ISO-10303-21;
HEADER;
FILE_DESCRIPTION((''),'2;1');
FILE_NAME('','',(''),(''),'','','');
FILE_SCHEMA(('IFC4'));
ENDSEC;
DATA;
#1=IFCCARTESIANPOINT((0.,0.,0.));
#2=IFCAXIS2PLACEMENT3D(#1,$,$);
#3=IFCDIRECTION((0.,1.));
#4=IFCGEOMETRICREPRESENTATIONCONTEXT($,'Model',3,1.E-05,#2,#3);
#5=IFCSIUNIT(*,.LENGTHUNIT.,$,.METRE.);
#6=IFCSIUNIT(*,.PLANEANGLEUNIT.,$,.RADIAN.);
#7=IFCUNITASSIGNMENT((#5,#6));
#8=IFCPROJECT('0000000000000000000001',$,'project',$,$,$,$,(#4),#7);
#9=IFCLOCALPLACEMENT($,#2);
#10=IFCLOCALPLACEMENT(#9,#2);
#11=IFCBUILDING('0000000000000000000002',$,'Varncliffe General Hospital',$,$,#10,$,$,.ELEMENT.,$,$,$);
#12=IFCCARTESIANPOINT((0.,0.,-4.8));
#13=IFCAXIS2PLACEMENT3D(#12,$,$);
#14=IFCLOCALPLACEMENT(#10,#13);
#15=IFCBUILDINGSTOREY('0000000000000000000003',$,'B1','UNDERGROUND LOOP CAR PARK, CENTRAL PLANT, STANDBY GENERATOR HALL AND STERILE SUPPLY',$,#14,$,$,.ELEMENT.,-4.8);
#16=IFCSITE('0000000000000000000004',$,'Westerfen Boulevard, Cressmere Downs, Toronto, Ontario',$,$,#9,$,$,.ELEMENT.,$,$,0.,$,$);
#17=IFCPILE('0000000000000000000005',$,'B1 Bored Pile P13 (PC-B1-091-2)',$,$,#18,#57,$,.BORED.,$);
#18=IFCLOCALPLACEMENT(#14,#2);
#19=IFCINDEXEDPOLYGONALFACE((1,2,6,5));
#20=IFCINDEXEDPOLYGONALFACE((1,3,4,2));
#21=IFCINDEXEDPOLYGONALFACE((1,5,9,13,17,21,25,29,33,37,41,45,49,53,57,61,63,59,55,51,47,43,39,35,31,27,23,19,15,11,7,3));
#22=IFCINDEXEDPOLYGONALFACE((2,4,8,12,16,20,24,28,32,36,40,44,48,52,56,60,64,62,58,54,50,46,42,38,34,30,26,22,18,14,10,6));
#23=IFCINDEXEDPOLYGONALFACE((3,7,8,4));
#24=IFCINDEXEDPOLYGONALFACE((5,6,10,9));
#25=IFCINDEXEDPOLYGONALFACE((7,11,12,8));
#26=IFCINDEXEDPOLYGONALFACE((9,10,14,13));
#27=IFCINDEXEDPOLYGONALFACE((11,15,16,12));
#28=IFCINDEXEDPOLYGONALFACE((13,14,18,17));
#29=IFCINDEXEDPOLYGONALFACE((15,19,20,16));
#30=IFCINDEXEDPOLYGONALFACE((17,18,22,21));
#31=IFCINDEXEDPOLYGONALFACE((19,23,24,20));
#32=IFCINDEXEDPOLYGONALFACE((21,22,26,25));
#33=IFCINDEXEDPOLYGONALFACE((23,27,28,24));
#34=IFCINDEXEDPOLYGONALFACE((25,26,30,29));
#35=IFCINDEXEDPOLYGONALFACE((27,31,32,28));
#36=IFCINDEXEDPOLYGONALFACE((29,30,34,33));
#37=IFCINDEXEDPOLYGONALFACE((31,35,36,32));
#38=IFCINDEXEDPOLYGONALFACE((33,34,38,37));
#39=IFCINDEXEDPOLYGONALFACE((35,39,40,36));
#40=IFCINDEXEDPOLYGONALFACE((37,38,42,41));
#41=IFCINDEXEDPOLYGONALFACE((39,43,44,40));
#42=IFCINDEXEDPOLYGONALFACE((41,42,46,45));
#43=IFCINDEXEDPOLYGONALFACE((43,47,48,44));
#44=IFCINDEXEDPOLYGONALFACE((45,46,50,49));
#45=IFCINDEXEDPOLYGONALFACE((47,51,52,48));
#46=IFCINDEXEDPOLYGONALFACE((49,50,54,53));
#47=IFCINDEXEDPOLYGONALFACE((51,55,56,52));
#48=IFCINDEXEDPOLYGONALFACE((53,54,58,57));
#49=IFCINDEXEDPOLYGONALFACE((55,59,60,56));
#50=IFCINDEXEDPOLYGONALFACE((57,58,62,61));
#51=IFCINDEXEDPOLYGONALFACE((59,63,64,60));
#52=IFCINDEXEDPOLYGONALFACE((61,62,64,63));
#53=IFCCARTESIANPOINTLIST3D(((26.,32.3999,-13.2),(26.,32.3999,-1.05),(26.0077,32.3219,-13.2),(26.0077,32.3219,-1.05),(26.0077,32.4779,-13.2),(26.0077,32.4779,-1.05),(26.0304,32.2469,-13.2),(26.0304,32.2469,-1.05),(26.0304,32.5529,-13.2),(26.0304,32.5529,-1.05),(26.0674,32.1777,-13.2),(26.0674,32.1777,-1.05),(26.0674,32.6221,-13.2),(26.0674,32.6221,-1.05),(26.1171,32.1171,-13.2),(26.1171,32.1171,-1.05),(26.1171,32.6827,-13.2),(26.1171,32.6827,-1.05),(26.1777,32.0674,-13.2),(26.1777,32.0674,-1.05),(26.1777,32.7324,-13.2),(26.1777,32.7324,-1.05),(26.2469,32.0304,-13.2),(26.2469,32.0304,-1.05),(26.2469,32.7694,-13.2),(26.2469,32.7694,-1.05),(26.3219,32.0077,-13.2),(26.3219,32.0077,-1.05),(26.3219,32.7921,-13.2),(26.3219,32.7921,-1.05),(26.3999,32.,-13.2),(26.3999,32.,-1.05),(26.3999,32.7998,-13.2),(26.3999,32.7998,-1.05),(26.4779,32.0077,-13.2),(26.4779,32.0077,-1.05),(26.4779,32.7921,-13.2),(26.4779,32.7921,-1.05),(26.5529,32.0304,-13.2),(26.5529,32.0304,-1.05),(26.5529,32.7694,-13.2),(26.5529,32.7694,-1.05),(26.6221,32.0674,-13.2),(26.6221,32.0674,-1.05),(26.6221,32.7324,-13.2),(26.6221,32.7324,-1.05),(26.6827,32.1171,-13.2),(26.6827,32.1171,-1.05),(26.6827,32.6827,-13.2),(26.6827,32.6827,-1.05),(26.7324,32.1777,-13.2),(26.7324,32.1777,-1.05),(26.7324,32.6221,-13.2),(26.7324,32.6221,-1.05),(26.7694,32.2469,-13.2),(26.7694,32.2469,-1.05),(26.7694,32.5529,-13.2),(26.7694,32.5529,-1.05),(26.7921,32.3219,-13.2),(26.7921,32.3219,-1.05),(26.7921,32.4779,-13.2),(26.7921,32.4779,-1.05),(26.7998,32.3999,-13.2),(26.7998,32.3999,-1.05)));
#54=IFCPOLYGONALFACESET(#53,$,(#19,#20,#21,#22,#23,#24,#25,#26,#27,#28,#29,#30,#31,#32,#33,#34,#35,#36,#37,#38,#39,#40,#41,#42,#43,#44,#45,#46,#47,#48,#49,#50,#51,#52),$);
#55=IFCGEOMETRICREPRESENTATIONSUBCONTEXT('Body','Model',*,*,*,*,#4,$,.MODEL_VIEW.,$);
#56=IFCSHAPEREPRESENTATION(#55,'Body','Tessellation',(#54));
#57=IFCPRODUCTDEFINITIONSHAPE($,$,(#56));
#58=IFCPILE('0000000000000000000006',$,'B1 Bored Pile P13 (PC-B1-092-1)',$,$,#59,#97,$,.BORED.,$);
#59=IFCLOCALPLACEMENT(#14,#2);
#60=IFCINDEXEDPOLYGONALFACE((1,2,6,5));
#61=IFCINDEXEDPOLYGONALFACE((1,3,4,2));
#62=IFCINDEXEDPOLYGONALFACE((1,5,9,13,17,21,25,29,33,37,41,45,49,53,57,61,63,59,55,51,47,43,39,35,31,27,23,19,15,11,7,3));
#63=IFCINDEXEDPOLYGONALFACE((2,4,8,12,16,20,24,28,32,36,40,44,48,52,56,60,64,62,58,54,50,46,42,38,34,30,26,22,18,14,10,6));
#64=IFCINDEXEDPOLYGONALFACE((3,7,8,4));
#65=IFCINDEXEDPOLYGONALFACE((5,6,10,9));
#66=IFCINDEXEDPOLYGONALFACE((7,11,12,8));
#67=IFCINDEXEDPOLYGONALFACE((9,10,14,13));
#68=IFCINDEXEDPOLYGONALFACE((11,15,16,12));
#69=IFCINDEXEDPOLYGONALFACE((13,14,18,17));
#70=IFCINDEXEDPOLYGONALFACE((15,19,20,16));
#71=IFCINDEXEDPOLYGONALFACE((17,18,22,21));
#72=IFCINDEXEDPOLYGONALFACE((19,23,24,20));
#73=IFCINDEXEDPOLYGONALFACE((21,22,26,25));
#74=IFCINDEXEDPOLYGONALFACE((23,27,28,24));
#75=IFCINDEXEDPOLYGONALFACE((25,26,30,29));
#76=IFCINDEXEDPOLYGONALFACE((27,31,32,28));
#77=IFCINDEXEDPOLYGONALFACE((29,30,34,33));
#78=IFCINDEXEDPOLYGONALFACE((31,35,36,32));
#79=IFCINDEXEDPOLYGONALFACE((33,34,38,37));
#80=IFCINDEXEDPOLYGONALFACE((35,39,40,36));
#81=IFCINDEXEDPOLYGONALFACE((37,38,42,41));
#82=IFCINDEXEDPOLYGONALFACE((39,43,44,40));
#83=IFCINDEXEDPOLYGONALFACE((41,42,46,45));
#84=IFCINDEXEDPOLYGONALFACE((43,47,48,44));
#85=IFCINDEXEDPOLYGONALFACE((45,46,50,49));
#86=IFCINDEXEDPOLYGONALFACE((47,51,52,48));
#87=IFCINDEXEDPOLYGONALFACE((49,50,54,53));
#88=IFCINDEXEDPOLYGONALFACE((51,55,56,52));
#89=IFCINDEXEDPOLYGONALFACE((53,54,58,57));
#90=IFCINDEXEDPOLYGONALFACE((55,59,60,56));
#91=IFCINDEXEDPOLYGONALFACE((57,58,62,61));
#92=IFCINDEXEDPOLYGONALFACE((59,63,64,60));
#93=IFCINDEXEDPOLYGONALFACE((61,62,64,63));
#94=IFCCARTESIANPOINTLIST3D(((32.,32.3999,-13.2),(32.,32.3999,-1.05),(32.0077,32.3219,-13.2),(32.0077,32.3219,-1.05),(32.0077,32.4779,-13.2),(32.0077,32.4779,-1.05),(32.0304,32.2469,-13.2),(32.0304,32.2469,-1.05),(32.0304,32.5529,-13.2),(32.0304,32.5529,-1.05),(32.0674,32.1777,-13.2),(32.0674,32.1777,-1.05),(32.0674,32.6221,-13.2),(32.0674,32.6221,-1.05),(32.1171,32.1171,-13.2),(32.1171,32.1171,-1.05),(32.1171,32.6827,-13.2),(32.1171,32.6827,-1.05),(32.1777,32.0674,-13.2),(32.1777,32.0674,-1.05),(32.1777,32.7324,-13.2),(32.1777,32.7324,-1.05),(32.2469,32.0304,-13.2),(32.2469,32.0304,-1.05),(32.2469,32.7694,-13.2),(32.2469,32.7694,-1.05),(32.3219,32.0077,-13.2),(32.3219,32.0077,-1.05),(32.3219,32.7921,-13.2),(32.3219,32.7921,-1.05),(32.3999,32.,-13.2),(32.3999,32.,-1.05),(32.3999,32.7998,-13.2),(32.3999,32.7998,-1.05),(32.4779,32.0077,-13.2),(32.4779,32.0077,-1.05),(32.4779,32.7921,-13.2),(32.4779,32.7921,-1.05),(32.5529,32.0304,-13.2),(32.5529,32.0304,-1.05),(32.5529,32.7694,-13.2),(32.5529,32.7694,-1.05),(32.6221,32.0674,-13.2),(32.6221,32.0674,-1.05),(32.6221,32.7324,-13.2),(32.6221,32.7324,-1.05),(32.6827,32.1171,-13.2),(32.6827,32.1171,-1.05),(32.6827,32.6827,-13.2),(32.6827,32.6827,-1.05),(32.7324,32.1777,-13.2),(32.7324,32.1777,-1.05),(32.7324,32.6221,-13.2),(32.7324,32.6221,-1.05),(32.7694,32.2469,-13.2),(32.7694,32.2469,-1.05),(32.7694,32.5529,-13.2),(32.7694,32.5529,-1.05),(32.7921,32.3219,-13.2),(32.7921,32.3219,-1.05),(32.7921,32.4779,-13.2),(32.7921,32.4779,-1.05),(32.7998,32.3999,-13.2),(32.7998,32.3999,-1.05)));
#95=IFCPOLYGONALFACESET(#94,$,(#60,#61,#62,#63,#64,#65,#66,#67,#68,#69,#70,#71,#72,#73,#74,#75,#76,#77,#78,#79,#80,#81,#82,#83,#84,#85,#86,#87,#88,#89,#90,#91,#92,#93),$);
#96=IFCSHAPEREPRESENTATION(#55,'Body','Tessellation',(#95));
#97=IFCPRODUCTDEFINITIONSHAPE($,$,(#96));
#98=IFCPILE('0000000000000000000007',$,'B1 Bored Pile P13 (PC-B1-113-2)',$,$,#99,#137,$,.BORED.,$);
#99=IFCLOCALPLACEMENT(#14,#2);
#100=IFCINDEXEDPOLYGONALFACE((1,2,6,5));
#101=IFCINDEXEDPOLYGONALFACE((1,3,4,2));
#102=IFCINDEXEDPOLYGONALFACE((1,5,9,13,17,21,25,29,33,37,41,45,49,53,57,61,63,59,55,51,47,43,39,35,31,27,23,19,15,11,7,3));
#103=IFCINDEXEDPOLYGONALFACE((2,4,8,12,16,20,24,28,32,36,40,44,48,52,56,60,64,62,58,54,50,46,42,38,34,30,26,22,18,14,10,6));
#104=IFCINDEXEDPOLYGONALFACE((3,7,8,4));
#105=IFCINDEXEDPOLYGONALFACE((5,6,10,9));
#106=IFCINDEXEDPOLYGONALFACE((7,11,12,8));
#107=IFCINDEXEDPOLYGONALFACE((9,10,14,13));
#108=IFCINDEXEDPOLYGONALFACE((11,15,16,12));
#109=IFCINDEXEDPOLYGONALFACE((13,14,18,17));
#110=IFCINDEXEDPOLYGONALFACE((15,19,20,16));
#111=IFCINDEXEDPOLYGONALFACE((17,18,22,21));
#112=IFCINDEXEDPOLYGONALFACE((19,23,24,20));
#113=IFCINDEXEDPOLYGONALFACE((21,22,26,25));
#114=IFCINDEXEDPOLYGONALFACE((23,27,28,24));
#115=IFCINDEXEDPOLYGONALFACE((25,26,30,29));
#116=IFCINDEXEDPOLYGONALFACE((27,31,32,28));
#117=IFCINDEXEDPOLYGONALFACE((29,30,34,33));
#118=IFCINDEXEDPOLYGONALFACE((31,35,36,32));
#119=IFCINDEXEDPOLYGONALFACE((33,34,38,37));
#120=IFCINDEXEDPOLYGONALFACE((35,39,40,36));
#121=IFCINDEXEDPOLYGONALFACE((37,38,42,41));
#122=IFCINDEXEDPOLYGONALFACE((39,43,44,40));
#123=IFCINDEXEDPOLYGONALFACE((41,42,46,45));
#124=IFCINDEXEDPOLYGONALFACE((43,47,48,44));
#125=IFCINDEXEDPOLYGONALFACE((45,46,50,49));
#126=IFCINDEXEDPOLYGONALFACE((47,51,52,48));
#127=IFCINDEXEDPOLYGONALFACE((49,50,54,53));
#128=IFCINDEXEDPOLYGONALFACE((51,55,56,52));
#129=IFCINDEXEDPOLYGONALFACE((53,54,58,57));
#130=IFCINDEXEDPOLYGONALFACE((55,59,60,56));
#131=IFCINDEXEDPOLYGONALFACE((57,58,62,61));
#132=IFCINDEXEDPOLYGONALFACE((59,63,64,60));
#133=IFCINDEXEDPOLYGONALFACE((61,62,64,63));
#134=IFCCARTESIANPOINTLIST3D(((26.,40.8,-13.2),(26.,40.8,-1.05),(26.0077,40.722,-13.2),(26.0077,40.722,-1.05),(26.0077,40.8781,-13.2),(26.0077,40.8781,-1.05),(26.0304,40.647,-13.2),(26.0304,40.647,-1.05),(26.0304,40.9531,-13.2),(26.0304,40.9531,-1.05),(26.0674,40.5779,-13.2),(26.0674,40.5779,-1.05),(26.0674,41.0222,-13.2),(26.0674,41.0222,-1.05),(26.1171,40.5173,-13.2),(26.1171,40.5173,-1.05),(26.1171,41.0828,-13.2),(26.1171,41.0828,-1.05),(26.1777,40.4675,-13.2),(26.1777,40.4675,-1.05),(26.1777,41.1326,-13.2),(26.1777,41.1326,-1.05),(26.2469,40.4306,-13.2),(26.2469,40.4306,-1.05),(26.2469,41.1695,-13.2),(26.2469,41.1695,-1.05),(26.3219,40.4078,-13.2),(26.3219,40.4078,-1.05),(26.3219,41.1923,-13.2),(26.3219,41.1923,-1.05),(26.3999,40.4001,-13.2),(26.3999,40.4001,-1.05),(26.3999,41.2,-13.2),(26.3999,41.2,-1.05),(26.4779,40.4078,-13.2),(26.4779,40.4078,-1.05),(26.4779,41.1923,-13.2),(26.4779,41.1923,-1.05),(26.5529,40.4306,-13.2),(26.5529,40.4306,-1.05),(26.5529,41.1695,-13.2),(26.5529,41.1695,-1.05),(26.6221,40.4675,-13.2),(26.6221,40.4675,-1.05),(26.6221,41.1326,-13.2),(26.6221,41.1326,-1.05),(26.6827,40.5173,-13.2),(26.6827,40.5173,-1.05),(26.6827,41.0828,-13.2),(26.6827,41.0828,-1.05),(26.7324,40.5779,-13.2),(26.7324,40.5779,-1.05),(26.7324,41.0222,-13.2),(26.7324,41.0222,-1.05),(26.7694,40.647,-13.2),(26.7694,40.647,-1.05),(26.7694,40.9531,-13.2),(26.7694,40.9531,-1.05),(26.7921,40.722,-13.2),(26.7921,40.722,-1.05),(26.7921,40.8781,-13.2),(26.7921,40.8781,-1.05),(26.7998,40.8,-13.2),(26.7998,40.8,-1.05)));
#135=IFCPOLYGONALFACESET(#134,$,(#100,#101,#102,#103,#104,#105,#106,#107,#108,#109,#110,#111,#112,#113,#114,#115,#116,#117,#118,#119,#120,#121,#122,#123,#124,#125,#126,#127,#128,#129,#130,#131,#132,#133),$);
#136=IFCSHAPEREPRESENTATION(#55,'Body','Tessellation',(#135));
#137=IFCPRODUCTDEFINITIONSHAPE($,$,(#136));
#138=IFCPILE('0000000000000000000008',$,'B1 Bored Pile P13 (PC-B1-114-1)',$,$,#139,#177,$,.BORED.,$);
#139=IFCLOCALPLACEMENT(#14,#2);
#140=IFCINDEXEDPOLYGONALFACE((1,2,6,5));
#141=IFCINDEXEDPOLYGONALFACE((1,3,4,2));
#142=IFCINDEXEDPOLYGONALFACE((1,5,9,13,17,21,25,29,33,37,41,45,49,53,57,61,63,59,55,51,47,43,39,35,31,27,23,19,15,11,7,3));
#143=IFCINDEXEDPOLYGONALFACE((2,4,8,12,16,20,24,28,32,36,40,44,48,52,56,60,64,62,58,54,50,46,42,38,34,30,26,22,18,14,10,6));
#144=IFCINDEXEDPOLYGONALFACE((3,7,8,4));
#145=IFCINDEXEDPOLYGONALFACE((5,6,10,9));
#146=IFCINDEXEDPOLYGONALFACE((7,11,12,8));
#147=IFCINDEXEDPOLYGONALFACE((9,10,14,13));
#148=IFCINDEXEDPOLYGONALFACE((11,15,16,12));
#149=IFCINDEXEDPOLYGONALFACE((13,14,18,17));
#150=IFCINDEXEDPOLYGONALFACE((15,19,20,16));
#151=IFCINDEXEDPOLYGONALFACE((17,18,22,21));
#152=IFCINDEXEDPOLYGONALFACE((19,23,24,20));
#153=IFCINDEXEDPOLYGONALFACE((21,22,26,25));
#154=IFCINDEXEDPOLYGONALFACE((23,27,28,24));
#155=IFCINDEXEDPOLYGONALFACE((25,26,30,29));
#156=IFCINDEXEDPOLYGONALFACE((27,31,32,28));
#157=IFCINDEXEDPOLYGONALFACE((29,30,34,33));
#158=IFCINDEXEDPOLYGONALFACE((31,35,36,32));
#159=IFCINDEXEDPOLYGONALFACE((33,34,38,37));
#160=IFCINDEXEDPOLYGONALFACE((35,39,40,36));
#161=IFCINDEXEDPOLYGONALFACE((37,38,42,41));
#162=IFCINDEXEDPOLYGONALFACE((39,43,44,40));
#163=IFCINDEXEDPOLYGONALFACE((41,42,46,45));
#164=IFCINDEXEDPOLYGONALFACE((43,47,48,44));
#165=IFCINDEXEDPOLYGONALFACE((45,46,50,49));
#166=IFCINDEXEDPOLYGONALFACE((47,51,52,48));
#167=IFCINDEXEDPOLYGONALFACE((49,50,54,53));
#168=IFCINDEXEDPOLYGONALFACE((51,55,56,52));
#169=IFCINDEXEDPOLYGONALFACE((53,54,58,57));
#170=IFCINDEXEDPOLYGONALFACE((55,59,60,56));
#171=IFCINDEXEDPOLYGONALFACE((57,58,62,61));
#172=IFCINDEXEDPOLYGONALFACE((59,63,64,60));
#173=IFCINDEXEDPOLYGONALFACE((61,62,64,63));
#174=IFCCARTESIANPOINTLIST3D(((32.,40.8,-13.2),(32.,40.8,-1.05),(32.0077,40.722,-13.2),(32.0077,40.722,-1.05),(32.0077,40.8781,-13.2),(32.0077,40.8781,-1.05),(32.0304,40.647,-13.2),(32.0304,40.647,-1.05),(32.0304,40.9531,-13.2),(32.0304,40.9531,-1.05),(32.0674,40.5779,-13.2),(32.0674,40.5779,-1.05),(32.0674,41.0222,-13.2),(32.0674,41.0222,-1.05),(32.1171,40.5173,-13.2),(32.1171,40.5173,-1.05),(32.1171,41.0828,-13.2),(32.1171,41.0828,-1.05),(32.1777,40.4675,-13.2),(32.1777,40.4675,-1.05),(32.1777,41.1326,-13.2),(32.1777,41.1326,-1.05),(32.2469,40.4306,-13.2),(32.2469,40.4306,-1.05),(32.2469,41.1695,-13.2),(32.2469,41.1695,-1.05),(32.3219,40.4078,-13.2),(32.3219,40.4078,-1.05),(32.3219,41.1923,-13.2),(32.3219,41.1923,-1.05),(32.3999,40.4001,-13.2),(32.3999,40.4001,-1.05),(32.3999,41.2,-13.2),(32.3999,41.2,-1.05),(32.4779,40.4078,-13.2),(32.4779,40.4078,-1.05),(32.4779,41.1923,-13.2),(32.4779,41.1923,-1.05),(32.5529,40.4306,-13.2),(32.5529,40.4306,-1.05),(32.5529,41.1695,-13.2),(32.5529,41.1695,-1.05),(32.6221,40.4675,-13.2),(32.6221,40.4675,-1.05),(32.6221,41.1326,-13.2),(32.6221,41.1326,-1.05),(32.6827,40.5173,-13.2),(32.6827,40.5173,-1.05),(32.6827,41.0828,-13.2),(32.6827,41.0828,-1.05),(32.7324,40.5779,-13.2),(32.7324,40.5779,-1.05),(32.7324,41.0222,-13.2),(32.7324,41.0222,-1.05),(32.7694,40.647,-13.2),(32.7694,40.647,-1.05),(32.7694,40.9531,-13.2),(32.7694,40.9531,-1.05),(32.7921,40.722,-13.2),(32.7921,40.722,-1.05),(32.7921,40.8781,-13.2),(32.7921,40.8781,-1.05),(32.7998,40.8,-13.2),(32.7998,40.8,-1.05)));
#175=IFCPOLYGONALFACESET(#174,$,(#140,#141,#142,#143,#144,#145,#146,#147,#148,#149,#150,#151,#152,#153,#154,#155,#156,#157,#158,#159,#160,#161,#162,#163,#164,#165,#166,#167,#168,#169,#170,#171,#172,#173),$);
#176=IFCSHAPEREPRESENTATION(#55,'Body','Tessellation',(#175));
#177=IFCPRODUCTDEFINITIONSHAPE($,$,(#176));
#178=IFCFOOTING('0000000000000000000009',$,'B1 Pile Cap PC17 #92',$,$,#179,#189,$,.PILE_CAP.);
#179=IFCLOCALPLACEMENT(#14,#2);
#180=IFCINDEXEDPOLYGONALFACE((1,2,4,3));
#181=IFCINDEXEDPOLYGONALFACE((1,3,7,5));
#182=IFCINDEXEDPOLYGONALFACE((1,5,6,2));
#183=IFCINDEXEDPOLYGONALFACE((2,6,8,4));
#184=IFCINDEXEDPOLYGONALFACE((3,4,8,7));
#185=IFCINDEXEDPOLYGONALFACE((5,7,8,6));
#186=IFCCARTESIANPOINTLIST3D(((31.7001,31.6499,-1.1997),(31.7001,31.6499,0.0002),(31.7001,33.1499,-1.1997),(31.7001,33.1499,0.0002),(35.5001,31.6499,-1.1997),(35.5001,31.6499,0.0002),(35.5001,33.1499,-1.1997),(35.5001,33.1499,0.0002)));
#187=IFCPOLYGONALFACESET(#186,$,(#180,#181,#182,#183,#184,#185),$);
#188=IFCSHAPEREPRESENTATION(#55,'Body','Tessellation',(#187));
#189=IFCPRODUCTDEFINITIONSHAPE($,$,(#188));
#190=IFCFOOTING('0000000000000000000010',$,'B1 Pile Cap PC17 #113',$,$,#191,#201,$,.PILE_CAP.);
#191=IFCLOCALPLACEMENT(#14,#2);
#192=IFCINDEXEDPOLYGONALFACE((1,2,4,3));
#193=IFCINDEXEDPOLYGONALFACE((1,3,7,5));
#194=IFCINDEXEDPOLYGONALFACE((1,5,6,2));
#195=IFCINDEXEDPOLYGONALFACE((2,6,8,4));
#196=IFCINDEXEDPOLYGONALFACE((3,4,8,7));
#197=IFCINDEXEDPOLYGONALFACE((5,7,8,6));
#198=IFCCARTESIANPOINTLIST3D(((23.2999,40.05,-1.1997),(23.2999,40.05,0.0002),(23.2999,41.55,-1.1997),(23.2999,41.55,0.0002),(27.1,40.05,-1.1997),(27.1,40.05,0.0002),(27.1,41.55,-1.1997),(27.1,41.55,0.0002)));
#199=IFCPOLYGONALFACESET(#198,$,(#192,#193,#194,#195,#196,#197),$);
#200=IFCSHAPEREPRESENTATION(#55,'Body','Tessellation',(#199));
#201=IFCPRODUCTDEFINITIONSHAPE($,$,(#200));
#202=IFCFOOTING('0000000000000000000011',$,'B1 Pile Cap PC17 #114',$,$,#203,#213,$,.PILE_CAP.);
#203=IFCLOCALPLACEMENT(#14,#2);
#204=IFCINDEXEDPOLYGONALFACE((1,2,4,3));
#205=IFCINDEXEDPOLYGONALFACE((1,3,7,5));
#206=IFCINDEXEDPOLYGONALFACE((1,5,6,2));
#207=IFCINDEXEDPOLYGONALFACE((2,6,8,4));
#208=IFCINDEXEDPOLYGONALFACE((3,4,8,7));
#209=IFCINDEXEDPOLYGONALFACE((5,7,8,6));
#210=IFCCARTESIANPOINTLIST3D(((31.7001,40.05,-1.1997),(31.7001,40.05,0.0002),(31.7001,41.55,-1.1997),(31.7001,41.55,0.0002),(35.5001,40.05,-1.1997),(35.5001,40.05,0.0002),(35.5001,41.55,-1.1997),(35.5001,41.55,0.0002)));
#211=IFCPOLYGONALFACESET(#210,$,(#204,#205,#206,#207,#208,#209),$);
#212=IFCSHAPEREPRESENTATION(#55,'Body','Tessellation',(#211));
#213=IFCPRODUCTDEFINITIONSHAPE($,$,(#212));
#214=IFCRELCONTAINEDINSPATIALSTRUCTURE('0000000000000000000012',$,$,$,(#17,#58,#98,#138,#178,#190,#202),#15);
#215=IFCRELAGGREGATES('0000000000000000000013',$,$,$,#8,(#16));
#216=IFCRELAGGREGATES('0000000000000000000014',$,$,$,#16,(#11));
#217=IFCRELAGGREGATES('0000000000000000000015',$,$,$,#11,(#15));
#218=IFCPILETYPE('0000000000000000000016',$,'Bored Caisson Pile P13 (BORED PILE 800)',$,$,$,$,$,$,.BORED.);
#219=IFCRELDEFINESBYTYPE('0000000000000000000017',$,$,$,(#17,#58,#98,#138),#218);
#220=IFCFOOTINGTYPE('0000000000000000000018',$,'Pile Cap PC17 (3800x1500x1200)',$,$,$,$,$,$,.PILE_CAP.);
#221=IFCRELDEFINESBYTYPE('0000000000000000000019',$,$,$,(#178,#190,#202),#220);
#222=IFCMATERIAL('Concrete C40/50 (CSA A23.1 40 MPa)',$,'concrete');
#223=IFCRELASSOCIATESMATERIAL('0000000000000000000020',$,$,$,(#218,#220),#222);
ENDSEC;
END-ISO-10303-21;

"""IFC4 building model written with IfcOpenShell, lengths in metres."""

from ifc_helpers import new_model, si_unit, direction, frame, origin, origin_2d, place, context, subcontext, project, spatial, rectangle, circle, extrude, material, material_profile, profile_set, type_object, element, save


model = new_model("IFC4")

# Units and contexts
model_context = context("Model", 3, precision=1e-05, world=origin(), true_north=direction((0.0, 1.0)))
body_context = subcontext(model_context, "Body", "Model", "MODEL_VIEW")
ifc_project = project(units=[si_unit("LENGTHUNIT", "METRE"), si_unit("PLANEANGLEUNIT", "RADIAN")], contexts=[model_context])

# Site, building, storey
site_placement = place(None, origin())
site = spatial("IfcSite", under=ifc_project, at=site_placement, Name="Westerfen Boulevard, Cressmere Downs, Toronto, Ontario", CompositionType="ELEMENT", RefElevation=0.0)
building_placement = place(site_placement, origin())
building = spatial("IfcBuilding", under=site, at=building_placement, Name="Varncliffe General Hospital", CompositionType="ELEMENT")
storey_placement = place(building_placement, frame((0.0, 0.0, -4.8)))
storey = spatial("IfcBuildingStorey", under=building, at=storey_placement, Name="B1", Description="UNDERGROUND LOOP CAR PARK, CENTRAL PLANT, STANDBY GENERATOR HALL AND STERILE SUPPLY", CompositionType="ELEMENT", Elevation=-4.8)

# Piles
ifc_material_1 = material(Name="Concrete C40/50 (CSA A23.1 40 MPa)", Category="concrete")
ifc_material_profile_1 = material_profile(ifc_material_1, circle(Radius=0.3999, at=origin_2d()), Name="BORED PILE 800")
ifc_profile_set_1 = profile_set([ifc_material_profile_1], Name="Concrete C40/50 (CSA A23.1 40 MPa)")
pile_type = type_object("IfcPileType", Name="Bored Caisson Pile P13 (BORED PILE 800)", PredefinedType="BORED", material=ifc_profile_set_1)
for number, where, z_axis, x_axis, name in (
    (1, (26.3999, 32.3999, -1.05), (0.0, 0.0, -1.0), (1.0, 0.0, 0.0), "B1 Bored Pile P13 (PC-B1-091-2)"),
    (2, (32.3999, 32.3999, -1.05), (0.0, 0.0, -1.0), (1.0, 0.0, 0.0), "B1 Bored Pile P13 (PC-B1-092-1)"),
    (3, (26.3999, 40.8, -1.05), (0.0, 0.0, -1.0), (1.0, 0.0, 0.0), "B1 Bored Pile P13 (PC-B1-113-2)"),
    (4, (32.3999, 40.8, -1.05), (0.0, 0.0, -1.0), (1.0, 0.0, 0.0), "B1 Bored Pile P13 (PC-B1-114-1)"),
):
    element("IfcPile", number, at=place(storey_placement, frame(where, z_axis=z_axis, x_axis=x_axis)), inside=storey, type_object=pile_type, Name=name, PredefinedType="BORED", context=body_context, shape_type="SweptSolid", body=[
        extrude(circle(Radius=0.3999, at=origin_2d()), origin(), (0.0, 0.0, 1.0), 12.1499),
    ])

# Footings
footing_type_1 = type_object("IfcFootingType", Name="Pile Cap PC17 (3800x1500x1200)", PredefinedType="PILE_CAP", material=ifc_material_1)
for number, where, z_axis, x_axis, name in (
    (5, (33.6001, 32.3999, -1.1997), (0.0, 0.0, 1.0), (1.0, 0.0, 0.0), "B1 Pile Cap PC17 #92"),
    (6, (25.2, 40.8, -1.1997), (0.0, 0.0, 1.0), (1.0, 0.0, 0.0), "B1 Pile Cap PC17 #113"),
    (7, (33.6001, 40.8, -1.1997), (0.0, 0.0, 1.0), (1.0, 0.0, 0.0), "B1 Pile Cap PC17 #114"),
):
    element("IfcFooting", number, at=place(storey_placement, frame(where, z_axis=z_axis, x_axis=x_axis)), inside=storey, type_object=footing_type_1, Name=name, PredefinedType="PILE_CAP", context=body_context, shape_type="SweptSolid", body=[
        extrude(rectangle(XDim=3.8, YDim=1.5, at=origin_2d()), origin(), (0.0, 0.0, 1.0), 1.2),
    ])

save(model, "model.ifc")
